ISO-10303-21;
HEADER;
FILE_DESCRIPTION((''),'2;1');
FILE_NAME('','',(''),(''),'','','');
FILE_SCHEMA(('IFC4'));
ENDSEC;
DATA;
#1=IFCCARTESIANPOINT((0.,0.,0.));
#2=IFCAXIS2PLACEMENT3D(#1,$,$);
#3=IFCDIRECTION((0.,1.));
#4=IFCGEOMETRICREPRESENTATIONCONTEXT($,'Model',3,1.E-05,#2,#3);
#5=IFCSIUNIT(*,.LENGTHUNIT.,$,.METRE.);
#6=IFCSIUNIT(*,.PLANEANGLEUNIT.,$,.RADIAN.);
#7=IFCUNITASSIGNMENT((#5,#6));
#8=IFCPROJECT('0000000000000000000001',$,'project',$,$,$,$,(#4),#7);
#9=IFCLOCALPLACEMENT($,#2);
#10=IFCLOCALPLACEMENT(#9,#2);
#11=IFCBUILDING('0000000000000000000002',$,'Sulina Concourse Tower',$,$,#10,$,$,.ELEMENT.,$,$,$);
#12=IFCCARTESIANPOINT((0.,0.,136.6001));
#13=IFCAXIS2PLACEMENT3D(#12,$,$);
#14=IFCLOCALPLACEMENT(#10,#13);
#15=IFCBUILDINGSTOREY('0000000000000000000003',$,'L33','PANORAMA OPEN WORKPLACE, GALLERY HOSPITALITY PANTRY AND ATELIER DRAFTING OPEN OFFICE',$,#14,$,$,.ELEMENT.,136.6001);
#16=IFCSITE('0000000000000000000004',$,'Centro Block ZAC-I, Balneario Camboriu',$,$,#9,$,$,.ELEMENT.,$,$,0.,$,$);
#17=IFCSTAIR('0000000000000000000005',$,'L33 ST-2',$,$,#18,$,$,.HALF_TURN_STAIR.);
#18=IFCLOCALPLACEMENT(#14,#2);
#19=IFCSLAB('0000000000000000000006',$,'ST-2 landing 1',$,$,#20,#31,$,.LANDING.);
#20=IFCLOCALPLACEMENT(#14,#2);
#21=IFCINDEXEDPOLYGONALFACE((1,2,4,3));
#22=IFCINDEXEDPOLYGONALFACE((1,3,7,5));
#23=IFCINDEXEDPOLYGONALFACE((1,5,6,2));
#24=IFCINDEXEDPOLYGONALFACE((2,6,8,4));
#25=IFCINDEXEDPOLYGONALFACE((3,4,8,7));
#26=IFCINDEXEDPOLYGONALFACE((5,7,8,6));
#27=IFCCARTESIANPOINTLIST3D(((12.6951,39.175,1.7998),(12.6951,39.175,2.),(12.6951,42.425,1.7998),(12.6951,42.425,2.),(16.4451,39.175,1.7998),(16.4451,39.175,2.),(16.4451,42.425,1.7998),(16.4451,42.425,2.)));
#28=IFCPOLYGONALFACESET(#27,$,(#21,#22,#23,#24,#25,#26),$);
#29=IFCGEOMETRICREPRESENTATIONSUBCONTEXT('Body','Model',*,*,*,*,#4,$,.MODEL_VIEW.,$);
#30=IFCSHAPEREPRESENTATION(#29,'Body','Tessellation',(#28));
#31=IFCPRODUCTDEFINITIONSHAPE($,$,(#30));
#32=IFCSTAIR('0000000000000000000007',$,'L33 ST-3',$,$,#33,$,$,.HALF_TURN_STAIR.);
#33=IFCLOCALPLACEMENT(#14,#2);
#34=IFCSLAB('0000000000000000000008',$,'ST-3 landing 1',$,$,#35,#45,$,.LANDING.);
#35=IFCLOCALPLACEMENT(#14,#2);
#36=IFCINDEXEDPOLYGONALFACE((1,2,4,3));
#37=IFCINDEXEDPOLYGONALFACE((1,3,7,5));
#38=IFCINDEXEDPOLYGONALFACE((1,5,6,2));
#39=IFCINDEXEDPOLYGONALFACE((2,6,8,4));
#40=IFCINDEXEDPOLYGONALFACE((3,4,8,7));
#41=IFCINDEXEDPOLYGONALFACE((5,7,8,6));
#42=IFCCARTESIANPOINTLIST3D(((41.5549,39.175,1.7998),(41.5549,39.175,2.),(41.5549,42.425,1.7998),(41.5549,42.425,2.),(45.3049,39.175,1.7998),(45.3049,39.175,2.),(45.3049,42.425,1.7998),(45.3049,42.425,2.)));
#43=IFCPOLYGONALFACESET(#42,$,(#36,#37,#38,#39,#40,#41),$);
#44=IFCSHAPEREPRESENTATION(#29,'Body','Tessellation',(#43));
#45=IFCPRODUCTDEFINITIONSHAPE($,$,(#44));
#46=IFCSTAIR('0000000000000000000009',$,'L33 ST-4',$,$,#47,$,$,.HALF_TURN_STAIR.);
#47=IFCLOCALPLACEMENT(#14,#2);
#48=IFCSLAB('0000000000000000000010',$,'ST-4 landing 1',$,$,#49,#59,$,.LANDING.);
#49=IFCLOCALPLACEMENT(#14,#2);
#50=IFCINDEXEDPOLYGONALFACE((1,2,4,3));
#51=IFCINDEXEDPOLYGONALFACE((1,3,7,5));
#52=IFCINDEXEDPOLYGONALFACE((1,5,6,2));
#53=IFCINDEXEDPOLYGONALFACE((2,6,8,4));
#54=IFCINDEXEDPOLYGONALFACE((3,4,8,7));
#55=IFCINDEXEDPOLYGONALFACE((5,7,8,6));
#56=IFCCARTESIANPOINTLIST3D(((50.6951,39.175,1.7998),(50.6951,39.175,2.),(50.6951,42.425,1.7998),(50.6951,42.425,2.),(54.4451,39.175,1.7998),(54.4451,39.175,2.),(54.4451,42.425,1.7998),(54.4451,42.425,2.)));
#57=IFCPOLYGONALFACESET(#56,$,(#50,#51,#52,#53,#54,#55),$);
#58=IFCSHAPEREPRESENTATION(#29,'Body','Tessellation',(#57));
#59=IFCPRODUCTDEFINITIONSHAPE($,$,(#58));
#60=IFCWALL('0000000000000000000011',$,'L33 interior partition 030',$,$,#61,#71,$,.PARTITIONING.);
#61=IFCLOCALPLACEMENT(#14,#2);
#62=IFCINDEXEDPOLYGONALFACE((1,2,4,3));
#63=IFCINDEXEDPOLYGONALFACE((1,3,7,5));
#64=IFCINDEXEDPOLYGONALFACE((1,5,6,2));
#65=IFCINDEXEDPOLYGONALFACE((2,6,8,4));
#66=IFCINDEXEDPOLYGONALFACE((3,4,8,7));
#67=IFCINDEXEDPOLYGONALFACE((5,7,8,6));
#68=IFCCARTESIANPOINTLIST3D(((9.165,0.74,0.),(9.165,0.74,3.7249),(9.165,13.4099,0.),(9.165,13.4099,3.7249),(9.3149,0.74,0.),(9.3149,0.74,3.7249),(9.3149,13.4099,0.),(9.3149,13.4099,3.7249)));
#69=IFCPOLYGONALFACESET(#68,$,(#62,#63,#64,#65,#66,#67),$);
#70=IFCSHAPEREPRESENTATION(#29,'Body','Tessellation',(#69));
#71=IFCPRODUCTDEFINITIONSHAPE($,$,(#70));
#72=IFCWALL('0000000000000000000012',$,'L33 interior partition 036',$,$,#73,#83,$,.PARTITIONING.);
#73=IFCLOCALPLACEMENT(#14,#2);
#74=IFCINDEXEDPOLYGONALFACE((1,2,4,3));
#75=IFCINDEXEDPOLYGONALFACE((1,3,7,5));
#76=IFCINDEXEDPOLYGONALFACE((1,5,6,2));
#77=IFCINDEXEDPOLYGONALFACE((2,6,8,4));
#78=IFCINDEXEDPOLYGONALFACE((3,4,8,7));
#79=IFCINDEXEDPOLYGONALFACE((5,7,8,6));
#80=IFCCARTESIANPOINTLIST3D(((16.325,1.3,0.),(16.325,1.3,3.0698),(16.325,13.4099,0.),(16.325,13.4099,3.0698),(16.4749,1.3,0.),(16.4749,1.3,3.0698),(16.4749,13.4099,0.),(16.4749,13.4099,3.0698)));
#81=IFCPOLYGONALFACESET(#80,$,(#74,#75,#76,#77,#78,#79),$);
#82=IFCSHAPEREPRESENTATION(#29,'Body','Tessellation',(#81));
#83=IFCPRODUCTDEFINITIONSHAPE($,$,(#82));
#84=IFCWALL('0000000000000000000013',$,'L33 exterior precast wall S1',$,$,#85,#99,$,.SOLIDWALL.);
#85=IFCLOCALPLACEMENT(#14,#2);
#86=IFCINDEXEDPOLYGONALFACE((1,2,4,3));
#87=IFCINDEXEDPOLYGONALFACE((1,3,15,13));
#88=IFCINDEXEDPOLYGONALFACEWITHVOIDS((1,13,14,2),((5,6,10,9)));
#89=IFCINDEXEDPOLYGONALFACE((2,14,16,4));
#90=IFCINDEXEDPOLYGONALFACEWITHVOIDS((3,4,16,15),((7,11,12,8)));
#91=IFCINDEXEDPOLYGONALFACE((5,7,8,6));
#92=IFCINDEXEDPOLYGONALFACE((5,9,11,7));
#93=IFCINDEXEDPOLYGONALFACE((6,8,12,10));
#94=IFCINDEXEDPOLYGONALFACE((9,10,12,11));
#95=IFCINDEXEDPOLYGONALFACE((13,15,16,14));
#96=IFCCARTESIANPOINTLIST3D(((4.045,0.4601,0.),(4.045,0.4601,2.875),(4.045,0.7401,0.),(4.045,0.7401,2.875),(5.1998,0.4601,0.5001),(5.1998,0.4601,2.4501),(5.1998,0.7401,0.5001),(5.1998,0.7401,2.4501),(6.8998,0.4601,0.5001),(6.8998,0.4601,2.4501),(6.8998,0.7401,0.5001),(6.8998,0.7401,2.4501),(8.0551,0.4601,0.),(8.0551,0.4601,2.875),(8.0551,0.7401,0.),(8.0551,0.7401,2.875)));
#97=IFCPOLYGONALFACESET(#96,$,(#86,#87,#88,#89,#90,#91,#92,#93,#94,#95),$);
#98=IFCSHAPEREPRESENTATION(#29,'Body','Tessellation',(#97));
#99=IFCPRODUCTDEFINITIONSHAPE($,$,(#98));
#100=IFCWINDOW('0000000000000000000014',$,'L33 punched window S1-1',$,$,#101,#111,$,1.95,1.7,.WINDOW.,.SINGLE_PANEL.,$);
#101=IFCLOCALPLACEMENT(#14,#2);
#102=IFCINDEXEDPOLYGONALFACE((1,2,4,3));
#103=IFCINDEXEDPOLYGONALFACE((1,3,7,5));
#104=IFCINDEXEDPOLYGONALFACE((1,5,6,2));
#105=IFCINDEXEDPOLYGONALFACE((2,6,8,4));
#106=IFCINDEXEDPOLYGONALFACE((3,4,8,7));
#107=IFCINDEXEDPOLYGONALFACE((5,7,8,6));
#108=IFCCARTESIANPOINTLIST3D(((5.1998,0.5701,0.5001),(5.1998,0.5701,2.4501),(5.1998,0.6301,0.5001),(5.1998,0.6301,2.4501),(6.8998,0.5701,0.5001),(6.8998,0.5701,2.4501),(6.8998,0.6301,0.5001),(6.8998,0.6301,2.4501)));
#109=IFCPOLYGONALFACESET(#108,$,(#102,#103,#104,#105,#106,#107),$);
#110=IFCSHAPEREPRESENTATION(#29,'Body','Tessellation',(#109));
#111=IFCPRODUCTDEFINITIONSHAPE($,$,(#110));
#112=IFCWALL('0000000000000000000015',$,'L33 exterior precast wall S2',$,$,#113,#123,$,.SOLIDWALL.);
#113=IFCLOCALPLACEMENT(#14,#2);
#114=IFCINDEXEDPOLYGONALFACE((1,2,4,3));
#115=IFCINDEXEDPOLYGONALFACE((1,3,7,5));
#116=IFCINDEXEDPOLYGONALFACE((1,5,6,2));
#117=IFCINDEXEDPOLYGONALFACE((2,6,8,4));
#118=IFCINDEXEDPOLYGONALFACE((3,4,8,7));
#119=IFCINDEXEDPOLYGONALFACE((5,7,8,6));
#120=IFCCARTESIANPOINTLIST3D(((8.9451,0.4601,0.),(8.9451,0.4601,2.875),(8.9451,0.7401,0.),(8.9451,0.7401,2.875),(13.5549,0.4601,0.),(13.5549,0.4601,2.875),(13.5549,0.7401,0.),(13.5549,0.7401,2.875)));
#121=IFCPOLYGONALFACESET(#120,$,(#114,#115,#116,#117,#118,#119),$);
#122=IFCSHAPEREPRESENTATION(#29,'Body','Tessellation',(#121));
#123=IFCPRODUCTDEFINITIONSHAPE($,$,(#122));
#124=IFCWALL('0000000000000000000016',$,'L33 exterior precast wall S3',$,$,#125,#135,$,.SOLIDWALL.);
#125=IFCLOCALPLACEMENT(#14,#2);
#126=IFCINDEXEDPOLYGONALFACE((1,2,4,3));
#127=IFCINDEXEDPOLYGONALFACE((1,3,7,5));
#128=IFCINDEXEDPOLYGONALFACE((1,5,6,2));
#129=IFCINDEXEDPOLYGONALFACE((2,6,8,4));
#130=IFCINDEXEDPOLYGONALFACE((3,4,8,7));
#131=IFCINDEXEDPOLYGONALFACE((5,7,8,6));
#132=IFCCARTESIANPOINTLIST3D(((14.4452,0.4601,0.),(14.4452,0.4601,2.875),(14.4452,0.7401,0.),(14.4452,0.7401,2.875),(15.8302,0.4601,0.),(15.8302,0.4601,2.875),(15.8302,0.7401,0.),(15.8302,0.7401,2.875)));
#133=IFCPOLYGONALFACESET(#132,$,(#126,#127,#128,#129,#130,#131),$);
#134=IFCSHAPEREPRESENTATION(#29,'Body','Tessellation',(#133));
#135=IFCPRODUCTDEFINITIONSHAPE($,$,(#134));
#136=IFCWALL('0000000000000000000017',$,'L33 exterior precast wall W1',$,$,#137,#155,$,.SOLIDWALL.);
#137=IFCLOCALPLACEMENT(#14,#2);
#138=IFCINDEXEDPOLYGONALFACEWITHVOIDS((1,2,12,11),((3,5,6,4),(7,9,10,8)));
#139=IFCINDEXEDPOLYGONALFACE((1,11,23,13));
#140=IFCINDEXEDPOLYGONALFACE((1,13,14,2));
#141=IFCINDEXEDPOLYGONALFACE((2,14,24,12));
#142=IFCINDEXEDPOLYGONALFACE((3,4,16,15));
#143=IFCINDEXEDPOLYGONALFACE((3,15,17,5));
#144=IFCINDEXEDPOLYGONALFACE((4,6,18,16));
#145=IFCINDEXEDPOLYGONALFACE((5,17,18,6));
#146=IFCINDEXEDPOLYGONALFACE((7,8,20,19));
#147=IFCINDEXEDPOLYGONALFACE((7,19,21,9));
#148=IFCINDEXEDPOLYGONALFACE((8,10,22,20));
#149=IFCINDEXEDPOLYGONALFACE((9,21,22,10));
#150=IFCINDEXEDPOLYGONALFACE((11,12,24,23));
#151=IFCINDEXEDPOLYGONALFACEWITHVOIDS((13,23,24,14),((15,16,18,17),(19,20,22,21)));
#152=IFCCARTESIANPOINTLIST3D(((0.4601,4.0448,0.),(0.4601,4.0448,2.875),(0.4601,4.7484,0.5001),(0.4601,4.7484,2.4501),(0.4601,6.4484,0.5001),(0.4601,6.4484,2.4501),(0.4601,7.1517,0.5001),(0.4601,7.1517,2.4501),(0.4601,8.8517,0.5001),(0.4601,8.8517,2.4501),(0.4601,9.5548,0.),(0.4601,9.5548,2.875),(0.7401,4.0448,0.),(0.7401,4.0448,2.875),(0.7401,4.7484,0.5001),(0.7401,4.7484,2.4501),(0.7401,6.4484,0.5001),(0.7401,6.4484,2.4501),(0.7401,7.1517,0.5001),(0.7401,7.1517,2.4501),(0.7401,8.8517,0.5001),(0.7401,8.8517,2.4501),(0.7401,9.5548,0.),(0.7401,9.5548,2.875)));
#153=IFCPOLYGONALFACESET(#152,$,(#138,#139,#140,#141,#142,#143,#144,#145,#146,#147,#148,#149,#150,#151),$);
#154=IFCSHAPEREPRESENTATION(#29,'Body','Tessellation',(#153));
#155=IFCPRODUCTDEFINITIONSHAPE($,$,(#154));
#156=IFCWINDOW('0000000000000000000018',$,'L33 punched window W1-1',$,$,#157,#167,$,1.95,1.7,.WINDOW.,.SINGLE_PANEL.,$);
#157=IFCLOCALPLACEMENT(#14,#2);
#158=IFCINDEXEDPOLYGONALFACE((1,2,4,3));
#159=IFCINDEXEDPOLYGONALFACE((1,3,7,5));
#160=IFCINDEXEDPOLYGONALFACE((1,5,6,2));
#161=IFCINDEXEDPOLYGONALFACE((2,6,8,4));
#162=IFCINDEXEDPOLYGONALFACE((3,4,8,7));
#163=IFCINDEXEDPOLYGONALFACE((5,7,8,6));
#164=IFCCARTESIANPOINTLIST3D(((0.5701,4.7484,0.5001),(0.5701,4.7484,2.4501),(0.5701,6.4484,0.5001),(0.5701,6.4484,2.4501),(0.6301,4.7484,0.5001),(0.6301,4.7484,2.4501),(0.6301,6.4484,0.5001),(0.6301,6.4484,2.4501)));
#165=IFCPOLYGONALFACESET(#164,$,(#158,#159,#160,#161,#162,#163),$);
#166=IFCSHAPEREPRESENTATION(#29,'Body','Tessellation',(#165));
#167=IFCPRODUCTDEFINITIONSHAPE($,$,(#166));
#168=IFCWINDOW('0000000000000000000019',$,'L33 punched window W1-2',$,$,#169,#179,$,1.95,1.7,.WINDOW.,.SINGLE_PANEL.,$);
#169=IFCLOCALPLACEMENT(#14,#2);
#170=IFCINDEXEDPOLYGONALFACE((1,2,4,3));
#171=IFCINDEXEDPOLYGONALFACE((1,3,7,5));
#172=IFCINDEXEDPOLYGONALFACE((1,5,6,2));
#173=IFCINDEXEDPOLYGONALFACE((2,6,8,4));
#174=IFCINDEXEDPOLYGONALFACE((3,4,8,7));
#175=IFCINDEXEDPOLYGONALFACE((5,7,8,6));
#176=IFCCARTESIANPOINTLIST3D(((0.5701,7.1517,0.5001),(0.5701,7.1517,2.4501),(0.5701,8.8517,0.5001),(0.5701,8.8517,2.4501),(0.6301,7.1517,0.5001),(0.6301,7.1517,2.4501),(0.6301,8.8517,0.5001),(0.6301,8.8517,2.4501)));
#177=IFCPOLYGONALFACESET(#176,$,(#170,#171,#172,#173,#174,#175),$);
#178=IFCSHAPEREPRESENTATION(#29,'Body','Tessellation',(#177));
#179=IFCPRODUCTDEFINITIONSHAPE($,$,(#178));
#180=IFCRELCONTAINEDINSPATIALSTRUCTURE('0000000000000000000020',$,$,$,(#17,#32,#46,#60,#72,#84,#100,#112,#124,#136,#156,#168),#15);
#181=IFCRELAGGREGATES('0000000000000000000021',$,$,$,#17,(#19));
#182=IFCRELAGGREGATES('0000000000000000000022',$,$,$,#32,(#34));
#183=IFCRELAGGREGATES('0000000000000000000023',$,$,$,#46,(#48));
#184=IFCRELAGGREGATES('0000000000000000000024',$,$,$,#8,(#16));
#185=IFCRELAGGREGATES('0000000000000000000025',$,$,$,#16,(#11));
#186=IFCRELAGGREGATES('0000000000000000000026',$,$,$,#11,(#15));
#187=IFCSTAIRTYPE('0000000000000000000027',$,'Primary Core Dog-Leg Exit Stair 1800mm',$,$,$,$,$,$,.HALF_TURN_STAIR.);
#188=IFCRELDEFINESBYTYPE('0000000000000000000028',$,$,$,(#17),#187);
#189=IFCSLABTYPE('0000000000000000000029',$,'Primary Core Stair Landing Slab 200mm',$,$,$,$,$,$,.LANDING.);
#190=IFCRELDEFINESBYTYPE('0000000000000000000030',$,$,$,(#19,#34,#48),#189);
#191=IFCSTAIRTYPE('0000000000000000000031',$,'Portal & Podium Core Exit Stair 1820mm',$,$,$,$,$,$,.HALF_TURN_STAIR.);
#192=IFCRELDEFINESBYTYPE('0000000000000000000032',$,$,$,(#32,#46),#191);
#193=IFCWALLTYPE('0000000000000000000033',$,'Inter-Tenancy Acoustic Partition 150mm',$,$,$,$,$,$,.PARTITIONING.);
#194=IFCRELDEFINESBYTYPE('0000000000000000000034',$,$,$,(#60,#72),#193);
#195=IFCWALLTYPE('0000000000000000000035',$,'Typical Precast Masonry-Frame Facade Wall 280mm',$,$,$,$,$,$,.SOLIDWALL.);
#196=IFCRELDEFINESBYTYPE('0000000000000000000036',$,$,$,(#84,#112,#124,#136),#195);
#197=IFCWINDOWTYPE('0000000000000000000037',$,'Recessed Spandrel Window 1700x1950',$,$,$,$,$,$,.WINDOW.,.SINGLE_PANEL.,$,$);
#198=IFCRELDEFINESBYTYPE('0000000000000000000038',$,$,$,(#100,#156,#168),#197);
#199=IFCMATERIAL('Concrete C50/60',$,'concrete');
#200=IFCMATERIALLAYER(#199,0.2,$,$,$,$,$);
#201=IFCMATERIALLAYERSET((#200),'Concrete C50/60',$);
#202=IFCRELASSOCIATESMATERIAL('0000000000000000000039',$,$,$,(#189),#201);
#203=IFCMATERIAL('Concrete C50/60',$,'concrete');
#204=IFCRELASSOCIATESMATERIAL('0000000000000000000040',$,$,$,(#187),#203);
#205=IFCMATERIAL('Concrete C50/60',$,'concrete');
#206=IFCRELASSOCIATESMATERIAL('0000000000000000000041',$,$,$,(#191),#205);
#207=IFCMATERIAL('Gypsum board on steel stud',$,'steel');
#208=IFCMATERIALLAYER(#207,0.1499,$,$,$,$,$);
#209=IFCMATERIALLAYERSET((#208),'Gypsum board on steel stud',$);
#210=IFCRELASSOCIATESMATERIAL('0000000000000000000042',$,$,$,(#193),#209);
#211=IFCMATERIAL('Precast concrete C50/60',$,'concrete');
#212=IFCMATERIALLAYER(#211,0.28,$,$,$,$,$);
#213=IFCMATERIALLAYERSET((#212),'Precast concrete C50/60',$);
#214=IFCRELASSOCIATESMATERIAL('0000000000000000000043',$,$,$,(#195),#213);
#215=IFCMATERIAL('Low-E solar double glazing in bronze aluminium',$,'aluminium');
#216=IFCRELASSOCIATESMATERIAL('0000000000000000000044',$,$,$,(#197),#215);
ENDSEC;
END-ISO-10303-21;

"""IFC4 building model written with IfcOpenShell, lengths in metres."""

from ifc_helpers import new_model, si_unit, direction, frame, frame_2d, origin, place, context, subcontext, project, spatial, polyline, rectangle, outline, extrude, material, layer, layer_set, type_object, element, fill, aggregate, save


model = new_model("IFC4")

# Units and contexts
model_context = context("Model", 3, precision=1e-05, world=origin(), true_north=direction((0.0, 1.0)))
body_context = subcontext(model_context, "Body", "Model", "MODEL_VIEW")
ifc_project = project(units=[si_unit("LENGTHUNIT", "METRE"), si_unit("PLANEANGLEUNIT", "RADIAN")], contexts=[model_context])

# Site, building, storey
site_placement = place(None, origin())
site = spatial("IfcSite", under=ifc_project, at=site_placement, Name="Centro Block ZAC-I, Balneario Camboriu", CompositionType="ELEMENT", RefElevation=0.0)
building_placement = place(site_placement, origin())
building = spatial("IfcBuilding", under=site, at=building_placement, Name="Sulina Concourse Tower", CompositionType="ELEMENT")
storey_placement = place(building_placement, frame((0.0, 0.0, 136.6001)))
storey = spatial("IfcBuildingStorey", under=building, at=storey_placement, Name="L33", Description="PANORAMA OPEN WORKPLACE, GALLERY HOSPITALITY PANTRY AND ATELIER DRAFTING OPEN OFFICE", CompositionType="ELEMENT", Elevation=136.6001)

# Shared definitions
ifc_material_1 = material(Name="Concrete C50/60", Category="concrete")
ifc_layer_1 = layer(ifc_material_1, 0.2)
ifc_layer_set_1 = layer_set([ifc_layer_1], Name="Concrete C50/60")
slab_type_1 = type_object("IfcSlabType", Name="Primary Core Stair Landing Slab 200mm", PredefinedType="LANDING", material=ifc_layer_set_1)

# Stairs, slabs
ifc_material_2 = material(Name="Concrete C50/60", Category="concrete")
stair_type_1 = type_object("IfcStairType", Name="Primary Core Dog-Leg Exit Stair 1800mm", PredefinedType="HALF_TURN_STAIR", material=ifc_material_2)
stair_1_placement = place(storey_placement, origin())
stair_1 = element("IfcStair", 1, at=stair_1_placement, inside=storey, type_object=stair_type_1, Name="L33 ST-2", PredefinedType="HALF_TURN_STAIR")
slab_1_placement = place(storey_placement, frame((0.0, 0.0, 1.7998)))
slab_1 = element("IfcSlab", 2, at=slab_1_placement, type_object=slab_type_1, Name="ST-2 landing 1", PredefinedType="LANDING", context=body_context, shape_type="SweptSolid", body=[
    extrude(outline(polyline([(16.4451, 39.175), (16.4451, 42.425), (12.6951, 42.425), (12.6951, 39.175), (16.4451, 39.175)])), origin(), (0.0, 0.0, 1.0), 0.2002),
])
aggregate(stair_1, [slab_1])
ifc_material_3 = material(Name="Concrete C50/60", Category="concrete")
stair_type_2 = type_object("IfcStairType", Name="Portal & Podium Core Exit Stair 1820mm", PredefinedType="HALF_TURN_STAIR", material=ifc_material_3)
stair_2_placement = place(storey_placement, origin())
stair_2 = element("IfcStair", 3, at=stair_2_placement, inside=storey, type_object=stair_type_2, Name="L33 ST-3", PredefinedType="HALF_TURN_STAIR")
slab_2_placement = place(storey_placement, frame((0.0, 0.0, 1.7998)))
slab_2 = element("IfcSlab", 4, at=slab_2_placement, type_object=slab_type_1, Name="ST-3 landing 1", PredefinedType="LANDING", context=body_context, shape_type="SweptSolid", body=[
    extrude(outline(polyline([(45.3049, 39.175), (45.3049, 42.425), (41.5549, 42.425), (41.5549, 39.175), (45.3049, 39.175)])), origin(), (0.0, 0.0, 1.0), 0.2002),
])
aggregate(stair_2, [slab_2])
stair_3_placement = place(storey_placement, origin())
stair_3 = element("IfcStair", 5, at=stair_3_placement, inside=storey, type_object=stair_type_2, Name="L33 ST-4", PredefinedType="HALF_TURN_STAIR")
slab_3_placement = place(storey_placement, frame((0.0, 0.0, 1.7998)))
slab_3 = element("IfcSlab", 6, at=slab_3_placement, type_object=slab_type_1, Name="ST-4 landing 1", PredefinedType="LANDING", context=body_context, shape_type="SweptSolid", body=[
    extrude(outline(polyline([(54.4451, 39.175), (54.4451, 42.425), (50.6951, 42.425), (50.6951, 39.175), (54.4451, 39.175)])), origin(), (0.0, 0.0, 1.0), 0.2002),
])
aggregate(stair_3, [slab_3])

# Walls
ifc_material_4 = material(Name="Gypsum board on steel stud", Category="steel")
ifc_layer_2 = layer(ifc_material_4, 0.1499)
ifc_layer_set_2 = layer_set([ifc_layer_2], Name="Gypsum board on steel stud")
wall_type_1 = type_object("IfcWallType", Name="Inter-Tenancy Acoustic Partition 150mm", PredefinedType="PARTITIONING", material=ifc_layer_set_2)
wall_1_placement = place(storey_placement, frame((9.24, 0.74, 0.0), z_axis=(0.0, 0.0, 1.0), x_axis=(0.0, 1.0, 0.0)))
element("IfcWall", 7, at=wall_1_placement, inside=storey, type_object=wall_type_1, Name="L33 interior partition 030", PredefinedType="PARTITIONING", context=body_context, shape_type="SweptSolid", body=[
    extrude(rectangle(XDim=12.6699, YDim=0.1499, at=frame_2d((6.335, 0.0))), origin(), (0.0, 0.0, 1.0), 3.7249),
])
wall_2_placement = place(storey_placement, frame((16.3999, 1.3, 0.0), z_axis=(0.0, 0.0, 1.0), x_axis=(0.0, 1.0, 0.0)))
element("IfcWall", 8, at=wall_2_placement, inside=storey, type_object=wall_type_1, Name="L33 interior partition 036", PredefinedType="PARTITIONING", context=body_context, shape_type="SweptSolid", body=[
    extrude(rectangle(XDim=12.1099, YDim=0.1499, at=frame_2d((6.0549, 0.0))), origin(), (0.0, 0.0, 1.0), 3.0698),
])

# Wall, opening, window
ifc_material_5 = material(Name="Precast concrete C50/60", Category="concrete")
ifc_layer_3 = layer(ifc_material_5, 0.28)
ifc_layer_set_3 = layer_set([ifc_layer_3], Name="Precast concrete C50/60")
wall_type_2 = type_object("IfcWallType", Name="Typical Precast Masonry-Frame Facade Wall 280mm", PredefinedType="SOLIDWALL", material=ifc_layer_set_3)
wall_3_placement = place(storey_placement, frame((8.0549, 0.6001, 0.0), z_axis=(0.0, 0.0, 1.0), x_axis=(-1.0, 0.0, 0.0)))
wall_3 = element("IfcWall", 9, at=wall_3_placement, inside=storey, type_object=wall_type_2, Name="L33 exterior precast wall S1", PredefinedType="SOLIDWALL", context=body_context, shape_type="SweptSolid", body=[
    extrude(rectangle(XDim=4.01, YDim=0.28, at=frame_2d((2.0049, 0.0))), origin(), (0.0, 0.0, 1.0), 2.875),
])
opening_1_placement = place(wall_3_placement, frame((1.155, 0.0, 0.5)))
opening_1 = element("IfcOpeningElement", 10, at=opening_1_placement, cuts=wall_3, PredefinedType="OPENING", context=body_context, shape_type="SweptSolid", body=[
    extrude(rectangle(XDim=1.7, YDim=1.95, at=frame_2d((0.8501, 0.9751))), frame((0.0, 0.1499, 0.0), z_axis=(0.0, -1.0, 0.0), x_axis=(1.0, 0.0, 0.0)), (0.0, 0.0, 1.0), 0.3),
])
ifc_material_6 = material(Name="Low-E solar double glazing in bronze aluminium", Category="aluminium")
window_type = type_object("IfcWindowType", Name="Recessed Spandrel Window 1700x1950", PartitioningType="SINGLE_PANEL", PredefinedType="WINDOW", material=ifc_material_6)
window_1_placement = place(opening_1_placement, origin())
window_1 = element("IfcWindow", 11, at=window_1_placement, inside=storey, type_object=window_type, Name="L33 punched window S1-1", OverallHeight=1.95, OverallWidth=1.7, PartitioningType="SINGLE_PANEL", PredefinedType="WINDOW", context=body_context, shape_type="SweptSolid", body=[
    extrude(rectangle(XDim=1.7, YDim=1.95, at=frame_2d((0.8501, 0.9751))), frame((0.0, 0.03, 0.0), z_axis=(0.0, -1.0, 0.0), x_axis=(1.0, 0.0, 0.0)), (0.0, 0.0, 1.0), 0.0601),
])
fill(opening_1, window_1)

# Walls
wall_4_placement = place(storey_placement, frame((13.5549, 0.6001, 0.0), z_axis=(0.0, 0.0, 1.0), x_axis=(-1.0, 0.0, 0.0)))
element("IfcWall", 12, at=wall_4_placement, inside=storey, type_object=wall_type_2, Name="L33 exterior precast wall S2", PredefinedType="SOLIDWALL", context=body_context, shape_type="SweptSolid", body=[
    extrude(rectangle(XDim=4.6099, YDim=0.28, at=frame_2d((2.3049, 0.0))), origin(), (0.0, 0.0, 1.0), 2.875),
])
wall_5_placement = place(storey_placement, frame((15.8301, 0.6001, 0.0), z_axis=(0.0, 0.0, 1.0), x_axis=(-1.0, 0.0, 0.0)))
element("IfcWall", 13, at=wall_5_placement, inside=storey, type_object=wall_type_2, Name="L33 exterior precast wall S3", PredefinedType="SOLIDWALL", context=body_context, shape_type="SweptSolid", body=[
    extrude(rectangle(XDim=1.385, YDim=0.28, at=frame_2d((0.6924, 0.0))), origin(), (0.0, 0.0, 1.0), 2.875),
])

# Wall, openings, windows
wall_6_placement = place(storey_placement, frame((0.6001, 4.0449, 0.0), z_axis=(0.0, 0.0, 1.0), x_axis=(0.0, 1.0, 0.0)))
wall_6 = element("IfcWall", 14, at=wall_6_placement, inside=storey, type_object=wall_type_2, Name="L33 exterior precast wall W1", PredefinedType="SOLIDWALL", context=body_context, shape_type="SweptSolid", body=[
    extrude(rectangle(XDim=5.51, YDim=0.28, at=frame_2d((2.7549, 0.0))), origin(), (0.0, 0.0, 1.0), 2.875),
])
opening_2_placement = place(wall_6_placement, frame((0.7034, 0.0, 0.5)))
opening_2 = element("IfcOpeningElement", 15, at=opening_2_placement, cuts=wall_6, PredefinedType="OPENING", context=body_context, shape_type="SweptSolid", body=[
    extrude(rectangle(XDim=1.7, YDim=1.95, at=frame_2d((0.8501, 0.9751))), frame((0.0, 0.1499, 0.0), z_axis=(0.0, -1.0, 0.0), x_axis=(1.0, 0.0, 0.0)), (0.0, 0.0, 1.0), 0.3),
])
opening_3_placement = place(wall_6_placement, frame((3.1067, 0.0, 0.5)))
opening_3 = element("IfcOpeningElement", 16, at=opening_3_placement, cuts=wall_6, PredefinedType="OPENING", context=body_context, shape_type="SweptSolid", body=[
    extrude(rectangle(XDim=1.7, YDim=1.95, at=frame_2d((0.8501, 0.9751))), frame((0.0, 0.1499, 0.0), z_axis=(0.0, -1.0, 0.0), x_axis=(1.0, 0.0, 0.0)), (0.0, 0.0, 1.0), 0.3),
])
window_2_placement = place(opening_2_placement, origin())
window_2 = element("IfcWindow", 17, at=window_2_placement, inside=storey, type_object=window_type, Name="L33 punched window W1-1", OverallHeight=1.95, OverallWidth=1.7, PartitioningType="SINGLE_PANEL", PredefinedType="WINDOW", context=body_context, shape_type="SweptSolid", body=[
    extrude(rectangle(XDim=1.7, YDim=1.95, at=frame_2d((0.8501, 0.9751))), frame((0.0, 0.03, 0.0), z_axis=(0.0, -1.0, 0.0), x_axis=(1.0, 0.0, 0.0)), (0.0, 0.0, 1.0), 0.0601),
])
fill(opening_2, window_2)
window_3_placement = place(opening_3_placement, origin())
window_3 = element("IfcWindow", 18, at=window_3_placement, inside=storey, type_object=window_type, Name="L33 punched window W1-2", OverallHeight=1.95, OverallWidth=1.7, PartitioningType="SINGLE_PANEL", PredefinedType="WINDOW", context=body_context, shape_type="SweptSolid", body=[
    extrude(rectangle(XDim=1.7, YDim=1.95, at=frame_2d((0.8501, 0.9751))), frame((0.0, 0.03, 0.0), z_axis=(0.0, -1.0, 0.0), x_axis=(1.0, 0.0, 0.0)), (0.0, 0.0, 1.0), 0.0601),
])
fill(opening_3, window_3)

save(model, "model.ifc")
